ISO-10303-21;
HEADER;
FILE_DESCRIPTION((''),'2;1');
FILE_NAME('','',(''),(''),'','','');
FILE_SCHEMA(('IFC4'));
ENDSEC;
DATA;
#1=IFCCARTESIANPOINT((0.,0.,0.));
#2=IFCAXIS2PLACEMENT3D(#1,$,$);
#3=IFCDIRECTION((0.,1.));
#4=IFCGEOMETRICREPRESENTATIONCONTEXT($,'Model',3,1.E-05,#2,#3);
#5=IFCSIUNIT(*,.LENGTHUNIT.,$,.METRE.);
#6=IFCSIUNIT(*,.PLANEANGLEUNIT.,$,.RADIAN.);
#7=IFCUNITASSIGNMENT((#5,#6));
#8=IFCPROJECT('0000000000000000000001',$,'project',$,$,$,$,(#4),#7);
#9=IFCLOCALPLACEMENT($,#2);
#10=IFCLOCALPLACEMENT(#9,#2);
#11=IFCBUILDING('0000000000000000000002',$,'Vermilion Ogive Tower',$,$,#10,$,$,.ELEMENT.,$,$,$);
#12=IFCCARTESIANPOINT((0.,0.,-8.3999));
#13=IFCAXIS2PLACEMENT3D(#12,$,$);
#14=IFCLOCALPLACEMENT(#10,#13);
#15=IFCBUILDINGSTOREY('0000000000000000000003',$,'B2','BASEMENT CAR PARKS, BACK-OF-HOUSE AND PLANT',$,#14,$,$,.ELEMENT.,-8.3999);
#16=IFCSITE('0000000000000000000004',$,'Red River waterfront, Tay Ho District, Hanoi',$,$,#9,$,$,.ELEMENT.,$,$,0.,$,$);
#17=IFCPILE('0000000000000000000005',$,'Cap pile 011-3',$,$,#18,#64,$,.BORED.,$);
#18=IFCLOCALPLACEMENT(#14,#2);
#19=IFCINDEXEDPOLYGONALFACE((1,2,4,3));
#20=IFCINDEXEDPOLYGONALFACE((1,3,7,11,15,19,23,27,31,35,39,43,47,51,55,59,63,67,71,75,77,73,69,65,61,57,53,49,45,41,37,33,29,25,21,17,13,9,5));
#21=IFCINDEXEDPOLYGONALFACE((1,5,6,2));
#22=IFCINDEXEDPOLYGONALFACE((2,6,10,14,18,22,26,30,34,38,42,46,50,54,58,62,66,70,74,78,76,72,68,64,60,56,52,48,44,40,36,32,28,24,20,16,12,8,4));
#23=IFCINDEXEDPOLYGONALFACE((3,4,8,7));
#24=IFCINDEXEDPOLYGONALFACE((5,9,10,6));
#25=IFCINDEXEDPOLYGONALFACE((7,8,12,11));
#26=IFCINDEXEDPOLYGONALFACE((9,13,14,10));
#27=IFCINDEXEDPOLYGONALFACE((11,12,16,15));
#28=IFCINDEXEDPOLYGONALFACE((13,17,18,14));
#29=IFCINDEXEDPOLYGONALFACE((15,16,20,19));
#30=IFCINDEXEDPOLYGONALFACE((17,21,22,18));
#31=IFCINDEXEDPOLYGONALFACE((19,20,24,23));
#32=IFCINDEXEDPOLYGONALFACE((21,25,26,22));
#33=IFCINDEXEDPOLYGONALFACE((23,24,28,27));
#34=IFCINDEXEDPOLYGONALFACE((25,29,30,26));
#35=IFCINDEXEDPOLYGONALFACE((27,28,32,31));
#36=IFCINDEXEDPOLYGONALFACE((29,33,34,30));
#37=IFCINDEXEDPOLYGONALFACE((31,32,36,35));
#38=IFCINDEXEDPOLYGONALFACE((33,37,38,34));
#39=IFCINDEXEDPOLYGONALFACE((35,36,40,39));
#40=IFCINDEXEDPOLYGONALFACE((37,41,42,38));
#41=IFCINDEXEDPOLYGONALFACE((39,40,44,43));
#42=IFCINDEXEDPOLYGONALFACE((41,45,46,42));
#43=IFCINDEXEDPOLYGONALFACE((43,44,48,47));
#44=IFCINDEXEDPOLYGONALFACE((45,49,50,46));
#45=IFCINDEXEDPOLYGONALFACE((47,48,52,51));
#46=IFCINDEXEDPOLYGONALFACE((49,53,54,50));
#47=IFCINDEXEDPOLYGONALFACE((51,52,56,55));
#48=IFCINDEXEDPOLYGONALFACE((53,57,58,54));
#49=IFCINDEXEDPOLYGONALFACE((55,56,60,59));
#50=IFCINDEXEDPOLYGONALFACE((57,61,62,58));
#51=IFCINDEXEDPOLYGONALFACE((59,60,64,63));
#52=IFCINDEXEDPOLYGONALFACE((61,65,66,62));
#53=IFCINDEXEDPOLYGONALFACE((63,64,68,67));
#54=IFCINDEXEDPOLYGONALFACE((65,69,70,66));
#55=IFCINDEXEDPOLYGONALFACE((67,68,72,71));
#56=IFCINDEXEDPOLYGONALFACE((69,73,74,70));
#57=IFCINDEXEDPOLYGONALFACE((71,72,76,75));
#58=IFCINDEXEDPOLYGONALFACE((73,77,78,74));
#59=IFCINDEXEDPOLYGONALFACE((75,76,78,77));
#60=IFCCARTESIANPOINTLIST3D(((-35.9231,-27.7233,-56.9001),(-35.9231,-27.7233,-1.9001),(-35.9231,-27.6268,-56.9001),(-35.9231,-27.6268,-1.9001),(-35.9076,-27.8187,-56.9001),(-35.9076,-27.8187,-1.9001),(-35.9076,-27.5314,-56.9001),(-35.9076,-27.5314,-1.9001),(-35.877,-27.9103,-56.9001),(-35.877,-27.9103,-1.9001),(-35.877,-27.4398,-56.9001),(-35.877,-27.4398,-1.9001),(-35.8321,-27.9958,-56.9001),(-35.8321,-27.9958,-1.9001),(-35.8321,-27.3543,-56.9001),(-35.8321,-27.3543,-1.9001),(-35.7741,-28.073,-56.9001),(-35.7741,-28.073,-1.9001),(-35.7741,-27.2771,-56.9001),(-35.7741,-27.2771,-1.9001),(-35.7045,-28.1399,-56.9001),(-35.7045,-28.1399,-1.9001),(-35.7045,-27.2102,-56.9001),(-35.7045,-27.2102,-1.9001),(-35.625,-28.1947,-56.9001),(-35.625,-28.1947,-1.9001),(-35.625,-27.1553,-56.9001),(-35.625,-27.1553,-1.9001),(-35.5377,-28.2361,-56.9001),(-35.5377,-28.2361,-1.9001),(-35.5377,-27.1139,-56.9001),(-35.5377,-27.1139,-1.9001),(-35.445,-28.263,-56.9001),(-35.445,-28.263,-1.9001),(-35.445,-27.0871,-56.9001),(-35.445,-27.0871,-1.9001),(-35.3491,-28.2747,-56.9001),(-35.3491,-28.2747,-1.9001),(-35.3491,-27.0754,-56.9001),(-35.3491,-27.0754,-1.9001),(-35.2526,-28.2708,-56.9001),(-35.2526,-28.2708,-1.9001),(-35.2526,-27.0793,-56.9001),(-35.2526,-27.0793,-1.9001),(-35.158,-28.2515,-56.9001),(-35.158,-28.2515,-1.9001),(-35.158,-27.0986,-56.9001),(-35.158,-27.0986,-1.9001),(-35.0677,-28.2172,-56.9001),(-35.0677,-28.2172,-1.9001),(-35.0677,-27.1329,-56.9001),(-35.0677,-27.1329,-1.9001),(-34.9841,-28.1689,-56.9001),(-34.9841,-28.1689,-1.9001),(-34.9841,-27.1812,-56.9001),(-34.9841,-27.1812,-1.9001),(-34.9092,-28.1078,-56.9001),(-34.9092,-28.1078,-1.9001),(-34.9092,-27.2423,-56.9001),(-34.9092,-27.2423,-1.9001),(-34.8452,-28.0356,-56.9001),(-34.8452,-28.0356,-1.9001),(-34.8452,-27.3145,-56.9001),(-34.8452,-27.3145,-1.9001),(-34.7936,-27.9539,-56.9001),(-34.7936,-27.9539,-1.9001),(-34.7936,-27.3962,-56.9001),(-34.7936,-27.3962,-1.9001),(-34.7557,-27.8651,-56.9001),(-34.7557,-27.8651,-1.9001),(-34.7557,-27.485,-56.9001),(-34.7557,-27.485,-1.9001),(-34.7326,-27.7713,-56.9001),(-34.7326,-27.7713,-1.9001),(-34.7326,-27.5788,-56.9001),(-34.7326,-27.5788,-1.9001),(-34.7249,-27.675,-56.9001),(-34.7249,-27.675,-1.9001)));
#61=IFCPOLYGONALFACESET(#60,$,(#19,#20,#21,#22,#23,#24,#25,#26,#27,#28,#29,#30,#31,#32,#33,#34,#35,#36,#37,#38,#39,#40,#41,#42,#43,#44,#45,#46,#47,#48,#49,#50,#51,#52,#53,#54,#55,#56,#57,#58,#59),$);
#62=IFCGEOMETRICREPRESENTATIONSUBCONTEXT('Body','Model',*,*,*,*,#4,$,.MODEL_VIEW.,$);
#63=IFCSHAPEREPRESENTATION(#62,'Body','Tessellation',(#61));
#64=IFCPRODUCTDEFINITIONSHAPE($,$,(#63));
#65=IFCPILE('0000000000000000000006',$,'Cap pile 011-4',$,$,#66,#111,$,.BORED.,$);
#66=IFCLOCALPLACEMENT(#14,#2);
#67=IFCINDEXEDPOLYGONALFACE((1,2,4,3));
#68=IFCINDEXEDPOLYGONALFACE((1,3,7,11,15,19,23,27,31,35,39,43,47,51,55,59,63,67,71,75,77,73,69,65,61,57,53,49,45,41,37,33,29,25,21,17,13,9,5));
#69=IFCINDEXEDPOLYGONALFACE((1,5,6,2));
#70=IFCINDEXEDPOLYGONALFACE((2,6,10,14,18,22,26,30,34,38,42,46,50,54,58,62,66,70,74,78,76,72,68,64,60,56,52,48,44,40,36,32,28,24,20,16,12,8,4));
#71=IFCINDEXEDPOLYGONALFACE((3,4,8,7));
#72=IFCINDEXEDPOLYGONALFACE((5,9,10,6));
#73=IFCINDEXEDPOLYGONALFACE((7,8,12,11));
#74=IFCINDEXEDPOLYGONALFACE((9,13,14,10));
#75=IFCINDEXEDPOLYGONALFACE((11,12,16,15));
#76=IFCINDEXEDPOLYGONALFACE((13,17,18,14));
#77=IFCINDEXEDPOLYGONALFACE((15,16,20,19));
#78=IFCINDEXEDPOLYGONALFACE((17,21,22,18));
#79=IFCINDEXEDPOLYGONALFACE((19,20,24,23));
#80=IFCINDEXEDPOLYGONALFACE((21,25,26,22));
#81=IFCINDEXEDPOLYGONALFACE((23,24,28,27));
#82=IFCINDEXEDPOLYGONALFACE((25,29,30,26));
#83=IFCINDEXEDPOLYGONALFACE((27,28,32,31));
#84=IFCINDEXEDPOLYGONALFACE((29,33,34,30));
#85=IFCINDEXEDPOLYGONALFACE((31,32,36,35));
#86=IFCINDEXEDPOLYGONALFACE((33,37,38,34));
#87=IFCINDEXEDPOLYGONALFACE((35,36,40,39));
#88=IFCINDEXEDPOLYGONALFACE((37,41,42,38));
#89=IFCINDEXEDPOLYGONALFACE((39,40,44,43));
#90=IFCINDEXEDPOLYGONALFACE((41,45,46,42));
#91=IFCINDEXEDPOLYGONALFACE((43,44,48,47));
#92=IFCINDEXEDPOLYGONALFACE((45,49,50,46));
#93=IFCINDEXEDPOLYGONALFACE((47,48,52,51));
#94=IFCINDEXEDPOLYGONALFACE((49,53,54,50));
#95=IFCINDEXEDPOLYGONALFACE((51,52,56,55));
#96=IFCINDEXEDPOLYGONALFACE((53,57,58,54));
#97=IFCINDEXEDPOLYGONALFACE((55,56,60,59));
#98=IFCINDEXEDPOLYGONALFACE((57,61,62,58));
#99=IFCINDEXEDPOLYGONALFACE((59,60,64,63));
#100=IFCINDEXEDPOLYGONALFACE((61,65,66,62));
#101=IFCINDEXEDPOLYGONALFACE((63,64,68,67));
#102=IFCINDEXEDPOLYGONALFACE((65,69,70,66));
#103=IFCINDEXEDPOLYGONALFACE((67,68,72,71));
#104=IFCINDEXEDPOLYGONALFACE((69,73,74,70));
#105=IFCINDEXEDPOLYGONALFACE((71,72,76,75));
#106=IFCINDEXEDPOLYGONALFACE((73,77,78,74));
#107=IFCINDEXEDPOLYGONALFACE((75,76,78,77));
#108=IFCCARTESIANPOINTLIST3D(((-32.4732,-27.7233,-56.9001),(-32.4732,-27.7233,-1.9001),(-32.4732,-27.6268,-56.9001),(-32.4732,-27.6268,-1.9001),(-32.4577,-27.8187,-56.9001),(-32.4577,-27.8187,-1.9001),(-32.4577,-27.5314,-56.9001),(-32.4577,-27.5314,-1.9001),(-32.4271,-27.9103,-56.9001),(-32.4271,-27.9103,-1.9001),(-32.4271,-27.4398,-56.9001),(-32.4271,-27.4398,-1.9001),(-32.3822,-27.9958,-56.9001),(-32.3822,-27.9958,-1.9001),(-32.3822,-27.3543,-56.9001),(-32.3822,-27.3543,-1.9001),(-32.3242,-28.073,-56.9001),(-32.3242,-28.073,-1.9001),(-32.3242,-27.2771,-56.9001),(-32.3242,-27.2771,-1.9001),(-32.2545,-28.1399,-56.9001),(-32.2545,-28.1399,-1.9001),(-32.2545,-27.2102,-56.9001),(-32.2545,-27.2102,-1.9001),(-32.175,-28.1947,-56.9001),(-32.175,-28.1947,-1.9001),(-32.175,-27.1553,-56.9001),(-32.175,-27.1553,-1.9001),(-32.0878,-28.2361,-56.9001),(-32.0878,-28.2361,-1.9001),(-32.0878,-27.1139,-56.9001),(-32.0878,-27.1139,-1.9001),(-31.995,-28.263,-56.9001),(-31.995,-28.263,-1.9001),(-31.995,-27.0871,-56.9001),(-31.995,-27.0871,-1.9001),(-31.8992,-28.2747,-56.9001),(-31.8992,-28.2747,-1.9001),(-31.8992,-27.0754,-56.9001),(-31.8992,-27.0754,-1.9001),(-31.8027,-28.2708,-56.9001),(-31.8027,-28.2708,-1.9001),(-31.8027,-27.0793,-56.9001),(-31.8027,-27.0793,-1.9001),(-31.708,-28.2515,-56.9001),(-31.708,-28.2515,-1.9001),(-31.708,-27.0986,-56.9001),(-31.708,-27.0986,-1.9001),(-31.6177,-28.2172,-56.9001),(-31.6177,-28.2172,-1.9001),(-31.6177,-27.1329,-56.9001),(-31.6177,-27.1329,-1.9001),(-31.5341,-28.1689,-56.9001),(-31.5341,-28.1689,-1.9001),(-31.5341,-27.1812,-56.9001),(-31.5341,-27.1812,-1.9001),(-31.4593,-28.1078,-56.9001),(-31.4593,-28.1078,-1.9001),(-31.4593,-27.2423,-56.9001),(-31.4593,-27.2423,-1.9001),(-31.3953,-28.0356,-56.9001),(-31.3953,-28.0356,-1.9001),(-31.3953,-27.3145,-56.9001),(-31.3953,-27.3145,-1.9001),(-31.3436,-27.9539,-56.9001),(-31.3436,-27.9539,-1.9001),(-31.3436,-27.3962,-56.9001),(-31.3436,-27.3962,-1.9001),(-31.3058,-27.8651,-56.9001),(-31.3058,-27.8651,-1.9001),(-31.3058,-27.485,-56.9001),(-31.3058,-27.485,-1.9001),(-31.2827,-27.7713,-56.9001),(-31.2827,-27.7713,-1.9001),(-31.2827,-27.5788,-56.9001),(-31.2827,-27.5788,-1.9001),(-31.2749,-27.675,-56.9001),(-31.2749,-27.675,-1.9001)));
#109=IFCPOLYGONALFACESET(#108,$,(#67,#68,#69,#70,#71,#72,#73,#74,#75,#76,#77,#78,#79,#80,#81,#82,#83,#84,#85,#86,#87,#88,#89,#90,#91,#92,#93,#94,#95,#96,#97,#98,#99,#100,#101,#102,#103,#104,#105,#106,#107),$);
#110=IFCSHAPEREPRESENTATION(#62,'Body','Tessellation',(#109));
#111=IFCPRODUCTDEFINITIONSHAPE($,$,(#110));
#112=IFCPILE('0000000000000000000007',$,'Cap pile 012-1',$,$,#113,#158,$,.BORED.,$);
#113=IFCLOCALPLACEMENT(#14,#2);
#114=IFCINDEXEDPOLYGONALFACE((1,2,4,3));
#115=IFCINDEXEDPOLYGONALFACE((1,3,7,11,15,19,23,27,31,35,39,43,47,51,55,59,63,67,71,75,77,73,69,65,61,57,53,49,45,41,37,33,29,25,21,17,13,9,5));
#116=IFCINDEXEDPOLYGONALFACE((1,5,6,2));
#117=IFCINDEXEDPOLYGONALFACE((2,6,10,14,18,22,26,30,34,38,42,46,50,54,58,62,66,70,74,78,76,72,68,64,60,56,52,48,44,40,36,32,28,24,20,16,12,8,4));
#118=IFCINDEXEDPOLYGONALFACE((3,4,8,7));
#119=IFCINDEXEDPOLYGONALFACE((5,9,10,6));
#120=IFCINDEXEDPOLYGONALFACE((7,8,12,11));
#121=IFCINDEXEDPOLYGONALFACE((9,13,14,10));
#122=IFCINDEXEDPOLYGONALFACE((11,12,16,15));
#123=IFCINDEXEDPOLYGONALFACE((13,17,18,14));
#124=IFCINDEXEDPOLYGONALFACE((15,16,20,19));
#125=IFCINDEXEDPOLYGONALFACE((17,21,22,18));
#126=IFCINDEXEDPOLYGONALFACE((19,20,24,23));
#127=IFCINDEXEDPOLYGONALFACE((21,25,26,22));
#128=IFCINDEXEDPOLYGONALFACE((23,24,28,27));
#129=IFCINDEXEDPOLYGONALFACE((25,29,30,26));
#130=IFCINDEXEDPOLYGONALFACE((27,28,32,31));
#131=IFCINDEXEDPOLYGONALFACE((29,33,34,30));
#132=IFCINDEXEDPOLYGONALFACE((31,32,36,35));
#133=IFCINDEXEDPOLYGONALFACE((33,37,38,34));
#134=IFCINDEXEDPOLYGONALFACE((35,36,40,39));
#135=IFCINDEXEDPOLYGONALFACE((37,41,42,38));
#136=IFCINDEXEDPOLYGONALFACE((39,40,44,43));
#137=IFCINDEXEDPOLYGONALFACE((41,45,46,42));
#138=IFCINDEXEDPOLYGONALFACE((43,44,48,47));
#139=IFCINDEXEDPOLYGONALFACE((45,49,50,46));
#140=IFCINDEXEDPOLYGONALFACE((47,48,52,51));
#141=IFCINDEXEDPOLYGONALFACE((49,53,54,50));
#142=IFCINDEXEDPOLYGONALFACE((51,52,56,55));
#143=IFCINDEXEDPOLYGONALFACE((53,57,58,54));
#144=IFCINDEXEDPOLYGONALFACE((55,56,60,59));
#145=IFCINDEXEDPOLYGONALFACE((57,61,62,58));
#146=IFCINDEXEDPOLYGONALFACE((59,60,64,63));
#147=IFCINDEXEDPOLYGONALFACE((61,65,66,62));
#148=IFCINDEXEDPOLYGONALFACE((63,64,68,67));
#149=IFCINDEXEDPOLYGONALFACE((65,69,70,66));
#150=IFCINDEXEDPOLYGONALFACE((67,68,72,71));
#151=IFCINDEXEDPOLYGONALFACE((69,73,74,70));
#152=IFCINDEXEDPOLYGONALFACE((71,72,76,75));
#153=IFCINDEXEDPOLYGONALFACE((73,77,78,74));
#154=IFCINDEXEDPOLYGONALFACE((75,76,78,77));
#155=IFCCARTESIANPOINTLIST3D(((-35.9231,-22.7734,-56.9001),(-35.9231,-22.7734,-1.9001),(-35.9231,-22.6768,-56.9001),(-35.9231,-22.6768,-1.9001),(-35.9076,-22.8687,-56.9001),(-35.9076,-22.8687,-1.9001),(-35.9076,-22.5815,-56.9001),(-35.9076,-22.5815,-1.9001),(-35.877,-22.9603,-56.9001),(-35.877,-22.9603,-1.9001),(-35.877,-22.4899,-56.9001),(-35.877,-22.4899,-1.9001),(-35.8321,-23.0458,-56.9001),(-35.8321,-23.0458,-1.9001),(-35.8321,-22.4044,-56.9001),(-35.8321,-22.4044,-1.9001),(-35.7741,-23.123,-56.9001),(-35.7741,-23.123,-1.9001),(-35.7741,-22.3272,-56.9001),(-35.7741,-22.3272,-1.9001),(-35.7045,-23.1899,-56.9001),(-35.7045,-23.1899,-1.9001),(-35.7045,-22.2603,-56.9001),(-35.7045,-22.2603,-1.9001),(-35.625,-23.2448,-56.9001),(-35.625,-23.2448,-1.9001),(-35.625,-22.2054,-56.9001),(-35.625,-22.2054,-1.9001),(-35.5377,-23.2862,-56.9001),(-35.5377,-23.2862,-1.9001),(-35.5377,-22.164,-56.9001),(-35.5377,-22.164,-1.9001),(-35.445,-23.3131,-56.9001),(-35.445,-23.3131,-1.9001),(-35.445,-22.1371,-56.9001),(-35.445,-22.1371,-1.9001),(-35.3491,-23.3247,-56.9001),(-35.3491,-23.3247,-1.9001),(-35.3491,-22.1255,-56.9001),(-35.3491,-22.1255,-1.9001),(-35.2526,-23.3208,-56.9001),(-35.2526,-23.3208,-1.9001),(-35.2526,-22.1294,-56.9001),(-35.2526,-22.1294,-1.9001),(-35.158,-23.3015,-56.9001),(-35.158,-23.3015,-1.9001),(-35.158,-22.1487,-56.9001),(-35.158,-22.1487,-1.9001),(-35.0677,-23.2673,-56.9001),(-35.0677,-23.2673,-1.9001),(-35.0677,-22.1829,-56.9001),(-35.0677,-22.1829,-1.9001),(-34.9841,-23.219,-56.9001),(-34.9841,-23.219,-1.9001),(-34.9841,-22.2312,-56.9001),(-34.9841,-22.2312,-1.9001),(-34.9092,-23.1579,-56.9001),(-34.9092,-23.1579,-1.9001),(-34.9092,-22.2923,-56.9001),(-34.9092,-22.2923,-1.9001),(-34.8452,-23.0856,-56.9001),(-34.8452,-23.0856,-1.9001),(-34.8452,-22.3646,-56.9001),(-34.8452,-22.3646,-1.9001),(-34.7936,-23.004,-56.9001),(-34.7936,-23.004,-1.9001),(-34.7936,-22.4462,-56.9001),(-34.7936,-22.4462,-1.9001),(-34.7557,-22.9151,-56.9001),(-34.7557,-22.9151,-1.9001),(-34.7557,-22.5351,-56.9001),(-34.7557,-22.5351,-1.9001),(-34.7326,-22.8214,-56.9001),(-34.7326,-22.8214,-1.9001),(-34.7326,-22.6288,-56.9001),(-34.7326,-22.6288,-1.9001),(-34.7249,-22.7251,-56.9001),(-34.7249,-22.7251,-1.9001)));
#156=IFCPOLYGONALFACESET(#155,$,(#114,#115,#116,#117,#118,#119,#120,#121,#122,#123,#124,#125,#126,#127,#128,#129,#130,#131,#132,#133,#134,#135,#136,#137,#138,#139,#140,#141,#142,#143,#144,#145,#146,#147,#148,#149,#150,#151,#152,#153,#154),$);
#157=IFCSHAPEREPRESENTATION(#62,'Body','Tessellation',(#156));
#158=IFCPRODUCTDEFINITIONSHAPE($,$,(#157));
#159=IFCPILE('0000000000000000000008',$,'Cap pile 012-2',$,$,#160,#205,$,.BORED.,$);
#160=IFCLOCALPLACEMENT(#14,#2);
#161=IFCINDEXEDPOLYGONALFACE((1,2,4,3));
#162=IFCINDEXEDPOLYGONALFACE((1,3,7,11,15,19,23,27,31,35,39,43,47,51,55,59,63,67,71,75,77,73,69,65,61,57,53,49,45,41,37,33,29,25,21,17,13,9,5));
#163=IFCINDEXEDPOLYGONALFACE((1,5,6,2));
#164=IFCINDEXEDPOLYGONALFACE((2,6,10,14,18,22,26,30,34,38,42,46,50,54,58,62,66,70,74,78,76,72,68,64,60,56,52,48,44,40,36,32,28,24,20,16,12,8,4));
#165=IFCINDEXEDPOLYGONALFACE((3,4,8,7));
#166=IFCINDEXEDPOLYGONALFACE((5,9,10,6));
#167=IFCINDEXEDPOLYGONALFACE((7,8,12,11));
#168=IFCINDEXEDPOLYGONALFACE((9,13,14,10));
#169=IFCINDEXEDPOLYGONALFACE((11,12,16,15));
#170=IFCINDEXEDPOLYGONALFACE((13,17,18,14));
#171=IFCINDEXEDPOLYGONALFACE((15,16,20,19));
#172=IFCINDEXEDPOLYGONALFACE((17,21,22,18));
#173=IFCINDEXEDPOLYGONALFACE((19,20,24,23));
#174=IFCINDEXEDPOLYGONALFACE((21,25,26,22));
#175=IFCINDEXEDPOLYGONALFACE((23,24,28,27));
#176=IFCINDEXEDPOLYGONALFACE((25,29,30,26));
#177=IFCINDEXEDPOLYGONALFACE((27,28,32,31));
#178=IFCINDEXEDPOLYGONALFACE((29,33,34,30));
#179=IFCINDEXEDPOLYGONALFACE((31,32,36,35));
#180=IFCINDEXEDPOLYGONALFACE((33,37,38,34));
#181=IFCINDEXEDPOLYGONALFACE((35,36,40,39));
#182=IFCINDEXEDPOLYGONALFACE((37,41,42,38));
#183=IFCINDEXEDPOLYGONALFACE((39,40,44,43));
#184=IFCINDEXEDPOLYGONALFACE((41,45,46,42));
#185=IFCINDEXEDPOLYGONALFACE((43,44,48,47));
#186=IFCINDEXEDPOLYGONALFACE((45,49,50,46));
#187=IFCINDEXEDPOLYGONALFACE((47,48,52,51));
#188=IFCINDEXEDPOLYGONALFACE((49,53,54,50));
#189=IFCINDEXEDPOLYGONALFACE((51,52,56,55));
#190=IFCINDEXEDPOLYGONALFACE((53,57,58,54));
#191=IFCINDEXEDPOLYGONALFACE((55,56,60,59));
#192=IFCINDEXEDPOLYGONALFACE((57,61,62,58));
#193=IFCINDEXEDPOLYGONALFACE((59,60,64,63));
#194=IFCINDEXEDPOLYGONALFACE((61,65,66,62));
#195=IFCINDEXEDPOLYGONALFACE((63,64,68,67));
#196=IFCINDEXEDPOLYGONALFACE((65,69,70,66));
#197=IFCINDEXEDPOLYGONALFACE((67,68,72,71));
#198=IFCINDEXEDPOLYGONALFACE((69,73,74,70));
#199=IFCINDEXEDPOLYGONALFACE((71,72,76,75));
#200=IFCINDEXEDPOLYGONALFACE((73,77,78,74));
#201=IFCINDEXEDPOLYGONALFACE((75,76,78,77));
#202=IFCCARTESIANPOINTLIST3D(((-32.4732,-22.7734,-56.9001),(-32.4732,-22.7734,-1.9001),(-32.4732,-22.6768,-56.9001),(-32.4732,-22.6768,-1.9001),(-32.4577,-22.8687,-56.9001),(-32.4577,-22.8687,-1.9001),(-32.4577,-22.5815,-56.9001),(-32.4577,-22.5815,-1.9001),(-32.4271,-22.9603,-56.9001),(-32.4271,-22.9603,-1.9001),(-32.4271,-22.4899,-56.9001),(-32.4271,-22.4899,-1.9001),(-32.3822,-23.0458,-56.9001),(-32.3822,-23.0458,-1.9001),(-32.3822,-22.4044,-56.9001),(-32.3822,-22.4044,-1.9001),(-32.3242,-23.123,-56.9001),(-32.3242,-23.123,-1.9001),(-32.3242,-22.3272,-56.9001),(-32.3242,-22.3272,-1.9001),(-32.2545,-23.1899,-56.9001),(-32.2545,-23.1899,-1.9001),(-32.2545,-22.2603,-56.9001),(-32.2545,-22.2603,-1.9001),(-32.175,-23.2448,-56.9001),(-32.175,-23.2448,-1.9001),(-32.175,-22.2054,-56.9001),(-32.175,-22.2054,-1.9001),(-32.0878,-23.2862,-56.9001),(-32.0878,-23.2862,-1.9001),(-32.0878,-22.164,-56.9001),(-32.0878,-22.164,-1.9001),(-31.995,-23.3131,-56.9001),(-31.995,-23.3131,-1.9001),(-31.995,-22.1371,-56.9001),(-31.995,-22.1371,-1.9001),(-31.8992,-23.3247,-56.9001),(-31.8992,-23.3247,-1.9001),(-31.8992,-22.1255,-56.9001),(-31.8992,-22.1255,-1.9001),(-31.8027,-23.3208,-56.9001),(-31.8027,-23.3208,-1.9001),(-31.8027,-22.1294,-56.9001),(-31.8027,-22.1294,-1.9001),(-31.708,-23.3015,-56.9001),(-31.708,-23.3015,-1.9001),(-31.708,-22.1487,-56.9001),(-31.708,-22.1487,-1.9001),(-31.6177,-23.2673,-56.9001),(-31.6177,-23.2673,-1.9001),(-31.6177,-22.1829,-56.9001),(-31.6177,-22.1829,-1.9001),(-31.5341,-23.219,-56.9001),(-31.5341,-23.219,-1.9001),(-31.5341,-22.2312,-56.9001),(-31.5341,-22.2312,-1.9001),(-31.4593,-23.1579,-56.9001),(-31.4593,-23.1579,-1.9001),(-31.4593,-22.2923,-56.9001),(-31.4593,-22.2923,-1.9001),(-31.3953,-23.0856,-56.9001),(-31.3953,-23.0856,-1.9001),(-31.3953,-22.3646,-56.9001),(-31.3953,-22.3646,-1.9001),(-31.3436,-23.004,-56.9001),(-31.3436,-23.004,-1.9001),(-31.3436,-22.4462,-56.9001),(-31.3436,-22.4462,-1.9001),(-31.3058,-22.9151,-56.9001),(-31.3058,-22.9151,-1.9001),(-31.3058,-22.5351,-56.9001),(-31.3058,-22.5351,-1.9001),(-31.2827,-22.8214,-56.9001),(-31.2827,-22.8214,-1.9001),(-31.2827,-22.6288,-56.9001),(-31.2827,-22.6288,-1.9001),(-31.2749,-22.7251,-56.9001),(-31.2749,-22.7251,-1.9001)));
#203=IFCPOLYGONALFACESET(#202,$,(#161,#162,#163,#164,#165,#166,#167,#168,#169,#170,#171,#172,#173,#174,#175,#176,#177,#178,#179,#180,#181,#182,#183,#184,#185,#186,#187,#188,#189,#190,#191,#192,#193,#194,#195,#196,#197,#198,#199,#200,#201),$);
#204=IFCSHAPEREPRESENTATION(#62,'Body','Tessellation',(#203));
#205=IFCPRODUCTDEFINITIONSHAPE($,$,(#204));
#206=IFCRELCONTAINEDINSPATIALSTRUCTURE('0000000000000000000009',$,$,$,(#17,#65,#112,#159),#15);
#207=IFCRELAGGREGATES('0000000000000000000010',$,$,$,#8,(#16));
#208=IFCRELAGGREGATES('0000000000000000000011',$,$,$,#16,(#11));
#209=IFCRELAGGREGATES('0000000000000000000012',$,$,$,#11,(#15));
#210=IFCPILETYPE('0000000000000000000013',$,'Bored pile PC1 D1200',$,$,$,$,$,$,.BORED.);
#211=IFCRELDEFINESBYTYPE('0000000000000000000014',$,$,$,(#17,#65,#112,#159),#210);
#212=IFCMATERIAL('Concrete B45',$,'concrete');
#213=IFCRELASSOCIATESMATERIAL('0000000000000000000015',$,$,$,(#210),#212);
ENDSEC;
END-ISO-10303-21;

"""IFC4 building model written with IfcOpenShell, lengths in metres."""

from ifc_helpers import new_model, si_unit, direction, frame, origin, origin_2d, place, context, subcontext, project, spatial, circle, extrude, material, type_object, element, save


model = new_model("IFC4")

# Units and contexts
model_context = context("Model", 3, precision=1e-05, world=origin(), true_north=direction((0.0, 1.0)))
body_context = subcontext(model_context, "Body", "Model", "MODEL_VIEW")
ifc_project = project(units=[si_unit("LENGTHUNIT", "METRE"), si_unit("PLANEANGLEUNIT", "RADIAN")], contexts=[model_context])

# Site, building, storey
site_placement = place(None, origin())
site = spatial("IfcSite", under=ifc_project, at=site_placement, Name="Red River waterfront, Tay Ho District, Hanoi", CompositionType="ELEMENT", RefElevation=0.0)
building_placement = place(site_placement, origin())
building = spatial("IfcBuilding", under=site, at=building_placement, Name="Vermilion Ogive Tower", CompositionType="ELEMENT")
storey_placement = place(building_placement, frame((0.0, 0.0, -8.3999)))
storey = spatial("IfcBuildingStorey", under=building, at=storey_placement, Name="B2", Description="BASEMENT CAR PARKS, BACK-OF-HOUSE AND PLANT", CompositionType="ELEMENT", Elevation=-8.3999)

# Piles
ifc_material_1 = material(Name="Concrete B45", Category="concrete")
pile_type_1 = type_object("IfcPileType", Name="Bored pile PC1 D1200", PredefinedType="BORED", material=ifc_material_1)
for number, where, z_axis, x_axis, name in (
    (1, (-35.325, -27.675, -1.9001), (0.0, 0.0, -1.0), (1.0, 0.0, 0.0), "Cap pile 011-3"),
    (2, (-31.875, -27.675, -1.9001), (0.0, 0.0, -1.0), (1.0, 0.0, 0.0), "Cap pile 011-4"),
    (3, (-35.325, -22.7251, -1.9001), (0.0, 0.0, -1.0), (1.0, 0.0, 0.0), "Cap pile 012-1"),
    (4, (-31.875, -22.7251, -1.9001), (0.0, 0.0, -1.0), (1.0, 0.0, 0.0), "Cap pile 012-2"),
):
    element("IfcPile", number, at=place(storey_placement, frame(where, z_axis=z_axis, x_axis=x_axis)), inside=storey, type_object=pile_type_1, Name=name, PredefinedType="BORED", context=body_context, shape_type="SweptSolid", body=[
        extrude(circle(Radius=0.6001, at=origin_2d()), origin(), (0.0, 0.0, 1.0), 55.0),
    ])

save(model, "model.ifc")
